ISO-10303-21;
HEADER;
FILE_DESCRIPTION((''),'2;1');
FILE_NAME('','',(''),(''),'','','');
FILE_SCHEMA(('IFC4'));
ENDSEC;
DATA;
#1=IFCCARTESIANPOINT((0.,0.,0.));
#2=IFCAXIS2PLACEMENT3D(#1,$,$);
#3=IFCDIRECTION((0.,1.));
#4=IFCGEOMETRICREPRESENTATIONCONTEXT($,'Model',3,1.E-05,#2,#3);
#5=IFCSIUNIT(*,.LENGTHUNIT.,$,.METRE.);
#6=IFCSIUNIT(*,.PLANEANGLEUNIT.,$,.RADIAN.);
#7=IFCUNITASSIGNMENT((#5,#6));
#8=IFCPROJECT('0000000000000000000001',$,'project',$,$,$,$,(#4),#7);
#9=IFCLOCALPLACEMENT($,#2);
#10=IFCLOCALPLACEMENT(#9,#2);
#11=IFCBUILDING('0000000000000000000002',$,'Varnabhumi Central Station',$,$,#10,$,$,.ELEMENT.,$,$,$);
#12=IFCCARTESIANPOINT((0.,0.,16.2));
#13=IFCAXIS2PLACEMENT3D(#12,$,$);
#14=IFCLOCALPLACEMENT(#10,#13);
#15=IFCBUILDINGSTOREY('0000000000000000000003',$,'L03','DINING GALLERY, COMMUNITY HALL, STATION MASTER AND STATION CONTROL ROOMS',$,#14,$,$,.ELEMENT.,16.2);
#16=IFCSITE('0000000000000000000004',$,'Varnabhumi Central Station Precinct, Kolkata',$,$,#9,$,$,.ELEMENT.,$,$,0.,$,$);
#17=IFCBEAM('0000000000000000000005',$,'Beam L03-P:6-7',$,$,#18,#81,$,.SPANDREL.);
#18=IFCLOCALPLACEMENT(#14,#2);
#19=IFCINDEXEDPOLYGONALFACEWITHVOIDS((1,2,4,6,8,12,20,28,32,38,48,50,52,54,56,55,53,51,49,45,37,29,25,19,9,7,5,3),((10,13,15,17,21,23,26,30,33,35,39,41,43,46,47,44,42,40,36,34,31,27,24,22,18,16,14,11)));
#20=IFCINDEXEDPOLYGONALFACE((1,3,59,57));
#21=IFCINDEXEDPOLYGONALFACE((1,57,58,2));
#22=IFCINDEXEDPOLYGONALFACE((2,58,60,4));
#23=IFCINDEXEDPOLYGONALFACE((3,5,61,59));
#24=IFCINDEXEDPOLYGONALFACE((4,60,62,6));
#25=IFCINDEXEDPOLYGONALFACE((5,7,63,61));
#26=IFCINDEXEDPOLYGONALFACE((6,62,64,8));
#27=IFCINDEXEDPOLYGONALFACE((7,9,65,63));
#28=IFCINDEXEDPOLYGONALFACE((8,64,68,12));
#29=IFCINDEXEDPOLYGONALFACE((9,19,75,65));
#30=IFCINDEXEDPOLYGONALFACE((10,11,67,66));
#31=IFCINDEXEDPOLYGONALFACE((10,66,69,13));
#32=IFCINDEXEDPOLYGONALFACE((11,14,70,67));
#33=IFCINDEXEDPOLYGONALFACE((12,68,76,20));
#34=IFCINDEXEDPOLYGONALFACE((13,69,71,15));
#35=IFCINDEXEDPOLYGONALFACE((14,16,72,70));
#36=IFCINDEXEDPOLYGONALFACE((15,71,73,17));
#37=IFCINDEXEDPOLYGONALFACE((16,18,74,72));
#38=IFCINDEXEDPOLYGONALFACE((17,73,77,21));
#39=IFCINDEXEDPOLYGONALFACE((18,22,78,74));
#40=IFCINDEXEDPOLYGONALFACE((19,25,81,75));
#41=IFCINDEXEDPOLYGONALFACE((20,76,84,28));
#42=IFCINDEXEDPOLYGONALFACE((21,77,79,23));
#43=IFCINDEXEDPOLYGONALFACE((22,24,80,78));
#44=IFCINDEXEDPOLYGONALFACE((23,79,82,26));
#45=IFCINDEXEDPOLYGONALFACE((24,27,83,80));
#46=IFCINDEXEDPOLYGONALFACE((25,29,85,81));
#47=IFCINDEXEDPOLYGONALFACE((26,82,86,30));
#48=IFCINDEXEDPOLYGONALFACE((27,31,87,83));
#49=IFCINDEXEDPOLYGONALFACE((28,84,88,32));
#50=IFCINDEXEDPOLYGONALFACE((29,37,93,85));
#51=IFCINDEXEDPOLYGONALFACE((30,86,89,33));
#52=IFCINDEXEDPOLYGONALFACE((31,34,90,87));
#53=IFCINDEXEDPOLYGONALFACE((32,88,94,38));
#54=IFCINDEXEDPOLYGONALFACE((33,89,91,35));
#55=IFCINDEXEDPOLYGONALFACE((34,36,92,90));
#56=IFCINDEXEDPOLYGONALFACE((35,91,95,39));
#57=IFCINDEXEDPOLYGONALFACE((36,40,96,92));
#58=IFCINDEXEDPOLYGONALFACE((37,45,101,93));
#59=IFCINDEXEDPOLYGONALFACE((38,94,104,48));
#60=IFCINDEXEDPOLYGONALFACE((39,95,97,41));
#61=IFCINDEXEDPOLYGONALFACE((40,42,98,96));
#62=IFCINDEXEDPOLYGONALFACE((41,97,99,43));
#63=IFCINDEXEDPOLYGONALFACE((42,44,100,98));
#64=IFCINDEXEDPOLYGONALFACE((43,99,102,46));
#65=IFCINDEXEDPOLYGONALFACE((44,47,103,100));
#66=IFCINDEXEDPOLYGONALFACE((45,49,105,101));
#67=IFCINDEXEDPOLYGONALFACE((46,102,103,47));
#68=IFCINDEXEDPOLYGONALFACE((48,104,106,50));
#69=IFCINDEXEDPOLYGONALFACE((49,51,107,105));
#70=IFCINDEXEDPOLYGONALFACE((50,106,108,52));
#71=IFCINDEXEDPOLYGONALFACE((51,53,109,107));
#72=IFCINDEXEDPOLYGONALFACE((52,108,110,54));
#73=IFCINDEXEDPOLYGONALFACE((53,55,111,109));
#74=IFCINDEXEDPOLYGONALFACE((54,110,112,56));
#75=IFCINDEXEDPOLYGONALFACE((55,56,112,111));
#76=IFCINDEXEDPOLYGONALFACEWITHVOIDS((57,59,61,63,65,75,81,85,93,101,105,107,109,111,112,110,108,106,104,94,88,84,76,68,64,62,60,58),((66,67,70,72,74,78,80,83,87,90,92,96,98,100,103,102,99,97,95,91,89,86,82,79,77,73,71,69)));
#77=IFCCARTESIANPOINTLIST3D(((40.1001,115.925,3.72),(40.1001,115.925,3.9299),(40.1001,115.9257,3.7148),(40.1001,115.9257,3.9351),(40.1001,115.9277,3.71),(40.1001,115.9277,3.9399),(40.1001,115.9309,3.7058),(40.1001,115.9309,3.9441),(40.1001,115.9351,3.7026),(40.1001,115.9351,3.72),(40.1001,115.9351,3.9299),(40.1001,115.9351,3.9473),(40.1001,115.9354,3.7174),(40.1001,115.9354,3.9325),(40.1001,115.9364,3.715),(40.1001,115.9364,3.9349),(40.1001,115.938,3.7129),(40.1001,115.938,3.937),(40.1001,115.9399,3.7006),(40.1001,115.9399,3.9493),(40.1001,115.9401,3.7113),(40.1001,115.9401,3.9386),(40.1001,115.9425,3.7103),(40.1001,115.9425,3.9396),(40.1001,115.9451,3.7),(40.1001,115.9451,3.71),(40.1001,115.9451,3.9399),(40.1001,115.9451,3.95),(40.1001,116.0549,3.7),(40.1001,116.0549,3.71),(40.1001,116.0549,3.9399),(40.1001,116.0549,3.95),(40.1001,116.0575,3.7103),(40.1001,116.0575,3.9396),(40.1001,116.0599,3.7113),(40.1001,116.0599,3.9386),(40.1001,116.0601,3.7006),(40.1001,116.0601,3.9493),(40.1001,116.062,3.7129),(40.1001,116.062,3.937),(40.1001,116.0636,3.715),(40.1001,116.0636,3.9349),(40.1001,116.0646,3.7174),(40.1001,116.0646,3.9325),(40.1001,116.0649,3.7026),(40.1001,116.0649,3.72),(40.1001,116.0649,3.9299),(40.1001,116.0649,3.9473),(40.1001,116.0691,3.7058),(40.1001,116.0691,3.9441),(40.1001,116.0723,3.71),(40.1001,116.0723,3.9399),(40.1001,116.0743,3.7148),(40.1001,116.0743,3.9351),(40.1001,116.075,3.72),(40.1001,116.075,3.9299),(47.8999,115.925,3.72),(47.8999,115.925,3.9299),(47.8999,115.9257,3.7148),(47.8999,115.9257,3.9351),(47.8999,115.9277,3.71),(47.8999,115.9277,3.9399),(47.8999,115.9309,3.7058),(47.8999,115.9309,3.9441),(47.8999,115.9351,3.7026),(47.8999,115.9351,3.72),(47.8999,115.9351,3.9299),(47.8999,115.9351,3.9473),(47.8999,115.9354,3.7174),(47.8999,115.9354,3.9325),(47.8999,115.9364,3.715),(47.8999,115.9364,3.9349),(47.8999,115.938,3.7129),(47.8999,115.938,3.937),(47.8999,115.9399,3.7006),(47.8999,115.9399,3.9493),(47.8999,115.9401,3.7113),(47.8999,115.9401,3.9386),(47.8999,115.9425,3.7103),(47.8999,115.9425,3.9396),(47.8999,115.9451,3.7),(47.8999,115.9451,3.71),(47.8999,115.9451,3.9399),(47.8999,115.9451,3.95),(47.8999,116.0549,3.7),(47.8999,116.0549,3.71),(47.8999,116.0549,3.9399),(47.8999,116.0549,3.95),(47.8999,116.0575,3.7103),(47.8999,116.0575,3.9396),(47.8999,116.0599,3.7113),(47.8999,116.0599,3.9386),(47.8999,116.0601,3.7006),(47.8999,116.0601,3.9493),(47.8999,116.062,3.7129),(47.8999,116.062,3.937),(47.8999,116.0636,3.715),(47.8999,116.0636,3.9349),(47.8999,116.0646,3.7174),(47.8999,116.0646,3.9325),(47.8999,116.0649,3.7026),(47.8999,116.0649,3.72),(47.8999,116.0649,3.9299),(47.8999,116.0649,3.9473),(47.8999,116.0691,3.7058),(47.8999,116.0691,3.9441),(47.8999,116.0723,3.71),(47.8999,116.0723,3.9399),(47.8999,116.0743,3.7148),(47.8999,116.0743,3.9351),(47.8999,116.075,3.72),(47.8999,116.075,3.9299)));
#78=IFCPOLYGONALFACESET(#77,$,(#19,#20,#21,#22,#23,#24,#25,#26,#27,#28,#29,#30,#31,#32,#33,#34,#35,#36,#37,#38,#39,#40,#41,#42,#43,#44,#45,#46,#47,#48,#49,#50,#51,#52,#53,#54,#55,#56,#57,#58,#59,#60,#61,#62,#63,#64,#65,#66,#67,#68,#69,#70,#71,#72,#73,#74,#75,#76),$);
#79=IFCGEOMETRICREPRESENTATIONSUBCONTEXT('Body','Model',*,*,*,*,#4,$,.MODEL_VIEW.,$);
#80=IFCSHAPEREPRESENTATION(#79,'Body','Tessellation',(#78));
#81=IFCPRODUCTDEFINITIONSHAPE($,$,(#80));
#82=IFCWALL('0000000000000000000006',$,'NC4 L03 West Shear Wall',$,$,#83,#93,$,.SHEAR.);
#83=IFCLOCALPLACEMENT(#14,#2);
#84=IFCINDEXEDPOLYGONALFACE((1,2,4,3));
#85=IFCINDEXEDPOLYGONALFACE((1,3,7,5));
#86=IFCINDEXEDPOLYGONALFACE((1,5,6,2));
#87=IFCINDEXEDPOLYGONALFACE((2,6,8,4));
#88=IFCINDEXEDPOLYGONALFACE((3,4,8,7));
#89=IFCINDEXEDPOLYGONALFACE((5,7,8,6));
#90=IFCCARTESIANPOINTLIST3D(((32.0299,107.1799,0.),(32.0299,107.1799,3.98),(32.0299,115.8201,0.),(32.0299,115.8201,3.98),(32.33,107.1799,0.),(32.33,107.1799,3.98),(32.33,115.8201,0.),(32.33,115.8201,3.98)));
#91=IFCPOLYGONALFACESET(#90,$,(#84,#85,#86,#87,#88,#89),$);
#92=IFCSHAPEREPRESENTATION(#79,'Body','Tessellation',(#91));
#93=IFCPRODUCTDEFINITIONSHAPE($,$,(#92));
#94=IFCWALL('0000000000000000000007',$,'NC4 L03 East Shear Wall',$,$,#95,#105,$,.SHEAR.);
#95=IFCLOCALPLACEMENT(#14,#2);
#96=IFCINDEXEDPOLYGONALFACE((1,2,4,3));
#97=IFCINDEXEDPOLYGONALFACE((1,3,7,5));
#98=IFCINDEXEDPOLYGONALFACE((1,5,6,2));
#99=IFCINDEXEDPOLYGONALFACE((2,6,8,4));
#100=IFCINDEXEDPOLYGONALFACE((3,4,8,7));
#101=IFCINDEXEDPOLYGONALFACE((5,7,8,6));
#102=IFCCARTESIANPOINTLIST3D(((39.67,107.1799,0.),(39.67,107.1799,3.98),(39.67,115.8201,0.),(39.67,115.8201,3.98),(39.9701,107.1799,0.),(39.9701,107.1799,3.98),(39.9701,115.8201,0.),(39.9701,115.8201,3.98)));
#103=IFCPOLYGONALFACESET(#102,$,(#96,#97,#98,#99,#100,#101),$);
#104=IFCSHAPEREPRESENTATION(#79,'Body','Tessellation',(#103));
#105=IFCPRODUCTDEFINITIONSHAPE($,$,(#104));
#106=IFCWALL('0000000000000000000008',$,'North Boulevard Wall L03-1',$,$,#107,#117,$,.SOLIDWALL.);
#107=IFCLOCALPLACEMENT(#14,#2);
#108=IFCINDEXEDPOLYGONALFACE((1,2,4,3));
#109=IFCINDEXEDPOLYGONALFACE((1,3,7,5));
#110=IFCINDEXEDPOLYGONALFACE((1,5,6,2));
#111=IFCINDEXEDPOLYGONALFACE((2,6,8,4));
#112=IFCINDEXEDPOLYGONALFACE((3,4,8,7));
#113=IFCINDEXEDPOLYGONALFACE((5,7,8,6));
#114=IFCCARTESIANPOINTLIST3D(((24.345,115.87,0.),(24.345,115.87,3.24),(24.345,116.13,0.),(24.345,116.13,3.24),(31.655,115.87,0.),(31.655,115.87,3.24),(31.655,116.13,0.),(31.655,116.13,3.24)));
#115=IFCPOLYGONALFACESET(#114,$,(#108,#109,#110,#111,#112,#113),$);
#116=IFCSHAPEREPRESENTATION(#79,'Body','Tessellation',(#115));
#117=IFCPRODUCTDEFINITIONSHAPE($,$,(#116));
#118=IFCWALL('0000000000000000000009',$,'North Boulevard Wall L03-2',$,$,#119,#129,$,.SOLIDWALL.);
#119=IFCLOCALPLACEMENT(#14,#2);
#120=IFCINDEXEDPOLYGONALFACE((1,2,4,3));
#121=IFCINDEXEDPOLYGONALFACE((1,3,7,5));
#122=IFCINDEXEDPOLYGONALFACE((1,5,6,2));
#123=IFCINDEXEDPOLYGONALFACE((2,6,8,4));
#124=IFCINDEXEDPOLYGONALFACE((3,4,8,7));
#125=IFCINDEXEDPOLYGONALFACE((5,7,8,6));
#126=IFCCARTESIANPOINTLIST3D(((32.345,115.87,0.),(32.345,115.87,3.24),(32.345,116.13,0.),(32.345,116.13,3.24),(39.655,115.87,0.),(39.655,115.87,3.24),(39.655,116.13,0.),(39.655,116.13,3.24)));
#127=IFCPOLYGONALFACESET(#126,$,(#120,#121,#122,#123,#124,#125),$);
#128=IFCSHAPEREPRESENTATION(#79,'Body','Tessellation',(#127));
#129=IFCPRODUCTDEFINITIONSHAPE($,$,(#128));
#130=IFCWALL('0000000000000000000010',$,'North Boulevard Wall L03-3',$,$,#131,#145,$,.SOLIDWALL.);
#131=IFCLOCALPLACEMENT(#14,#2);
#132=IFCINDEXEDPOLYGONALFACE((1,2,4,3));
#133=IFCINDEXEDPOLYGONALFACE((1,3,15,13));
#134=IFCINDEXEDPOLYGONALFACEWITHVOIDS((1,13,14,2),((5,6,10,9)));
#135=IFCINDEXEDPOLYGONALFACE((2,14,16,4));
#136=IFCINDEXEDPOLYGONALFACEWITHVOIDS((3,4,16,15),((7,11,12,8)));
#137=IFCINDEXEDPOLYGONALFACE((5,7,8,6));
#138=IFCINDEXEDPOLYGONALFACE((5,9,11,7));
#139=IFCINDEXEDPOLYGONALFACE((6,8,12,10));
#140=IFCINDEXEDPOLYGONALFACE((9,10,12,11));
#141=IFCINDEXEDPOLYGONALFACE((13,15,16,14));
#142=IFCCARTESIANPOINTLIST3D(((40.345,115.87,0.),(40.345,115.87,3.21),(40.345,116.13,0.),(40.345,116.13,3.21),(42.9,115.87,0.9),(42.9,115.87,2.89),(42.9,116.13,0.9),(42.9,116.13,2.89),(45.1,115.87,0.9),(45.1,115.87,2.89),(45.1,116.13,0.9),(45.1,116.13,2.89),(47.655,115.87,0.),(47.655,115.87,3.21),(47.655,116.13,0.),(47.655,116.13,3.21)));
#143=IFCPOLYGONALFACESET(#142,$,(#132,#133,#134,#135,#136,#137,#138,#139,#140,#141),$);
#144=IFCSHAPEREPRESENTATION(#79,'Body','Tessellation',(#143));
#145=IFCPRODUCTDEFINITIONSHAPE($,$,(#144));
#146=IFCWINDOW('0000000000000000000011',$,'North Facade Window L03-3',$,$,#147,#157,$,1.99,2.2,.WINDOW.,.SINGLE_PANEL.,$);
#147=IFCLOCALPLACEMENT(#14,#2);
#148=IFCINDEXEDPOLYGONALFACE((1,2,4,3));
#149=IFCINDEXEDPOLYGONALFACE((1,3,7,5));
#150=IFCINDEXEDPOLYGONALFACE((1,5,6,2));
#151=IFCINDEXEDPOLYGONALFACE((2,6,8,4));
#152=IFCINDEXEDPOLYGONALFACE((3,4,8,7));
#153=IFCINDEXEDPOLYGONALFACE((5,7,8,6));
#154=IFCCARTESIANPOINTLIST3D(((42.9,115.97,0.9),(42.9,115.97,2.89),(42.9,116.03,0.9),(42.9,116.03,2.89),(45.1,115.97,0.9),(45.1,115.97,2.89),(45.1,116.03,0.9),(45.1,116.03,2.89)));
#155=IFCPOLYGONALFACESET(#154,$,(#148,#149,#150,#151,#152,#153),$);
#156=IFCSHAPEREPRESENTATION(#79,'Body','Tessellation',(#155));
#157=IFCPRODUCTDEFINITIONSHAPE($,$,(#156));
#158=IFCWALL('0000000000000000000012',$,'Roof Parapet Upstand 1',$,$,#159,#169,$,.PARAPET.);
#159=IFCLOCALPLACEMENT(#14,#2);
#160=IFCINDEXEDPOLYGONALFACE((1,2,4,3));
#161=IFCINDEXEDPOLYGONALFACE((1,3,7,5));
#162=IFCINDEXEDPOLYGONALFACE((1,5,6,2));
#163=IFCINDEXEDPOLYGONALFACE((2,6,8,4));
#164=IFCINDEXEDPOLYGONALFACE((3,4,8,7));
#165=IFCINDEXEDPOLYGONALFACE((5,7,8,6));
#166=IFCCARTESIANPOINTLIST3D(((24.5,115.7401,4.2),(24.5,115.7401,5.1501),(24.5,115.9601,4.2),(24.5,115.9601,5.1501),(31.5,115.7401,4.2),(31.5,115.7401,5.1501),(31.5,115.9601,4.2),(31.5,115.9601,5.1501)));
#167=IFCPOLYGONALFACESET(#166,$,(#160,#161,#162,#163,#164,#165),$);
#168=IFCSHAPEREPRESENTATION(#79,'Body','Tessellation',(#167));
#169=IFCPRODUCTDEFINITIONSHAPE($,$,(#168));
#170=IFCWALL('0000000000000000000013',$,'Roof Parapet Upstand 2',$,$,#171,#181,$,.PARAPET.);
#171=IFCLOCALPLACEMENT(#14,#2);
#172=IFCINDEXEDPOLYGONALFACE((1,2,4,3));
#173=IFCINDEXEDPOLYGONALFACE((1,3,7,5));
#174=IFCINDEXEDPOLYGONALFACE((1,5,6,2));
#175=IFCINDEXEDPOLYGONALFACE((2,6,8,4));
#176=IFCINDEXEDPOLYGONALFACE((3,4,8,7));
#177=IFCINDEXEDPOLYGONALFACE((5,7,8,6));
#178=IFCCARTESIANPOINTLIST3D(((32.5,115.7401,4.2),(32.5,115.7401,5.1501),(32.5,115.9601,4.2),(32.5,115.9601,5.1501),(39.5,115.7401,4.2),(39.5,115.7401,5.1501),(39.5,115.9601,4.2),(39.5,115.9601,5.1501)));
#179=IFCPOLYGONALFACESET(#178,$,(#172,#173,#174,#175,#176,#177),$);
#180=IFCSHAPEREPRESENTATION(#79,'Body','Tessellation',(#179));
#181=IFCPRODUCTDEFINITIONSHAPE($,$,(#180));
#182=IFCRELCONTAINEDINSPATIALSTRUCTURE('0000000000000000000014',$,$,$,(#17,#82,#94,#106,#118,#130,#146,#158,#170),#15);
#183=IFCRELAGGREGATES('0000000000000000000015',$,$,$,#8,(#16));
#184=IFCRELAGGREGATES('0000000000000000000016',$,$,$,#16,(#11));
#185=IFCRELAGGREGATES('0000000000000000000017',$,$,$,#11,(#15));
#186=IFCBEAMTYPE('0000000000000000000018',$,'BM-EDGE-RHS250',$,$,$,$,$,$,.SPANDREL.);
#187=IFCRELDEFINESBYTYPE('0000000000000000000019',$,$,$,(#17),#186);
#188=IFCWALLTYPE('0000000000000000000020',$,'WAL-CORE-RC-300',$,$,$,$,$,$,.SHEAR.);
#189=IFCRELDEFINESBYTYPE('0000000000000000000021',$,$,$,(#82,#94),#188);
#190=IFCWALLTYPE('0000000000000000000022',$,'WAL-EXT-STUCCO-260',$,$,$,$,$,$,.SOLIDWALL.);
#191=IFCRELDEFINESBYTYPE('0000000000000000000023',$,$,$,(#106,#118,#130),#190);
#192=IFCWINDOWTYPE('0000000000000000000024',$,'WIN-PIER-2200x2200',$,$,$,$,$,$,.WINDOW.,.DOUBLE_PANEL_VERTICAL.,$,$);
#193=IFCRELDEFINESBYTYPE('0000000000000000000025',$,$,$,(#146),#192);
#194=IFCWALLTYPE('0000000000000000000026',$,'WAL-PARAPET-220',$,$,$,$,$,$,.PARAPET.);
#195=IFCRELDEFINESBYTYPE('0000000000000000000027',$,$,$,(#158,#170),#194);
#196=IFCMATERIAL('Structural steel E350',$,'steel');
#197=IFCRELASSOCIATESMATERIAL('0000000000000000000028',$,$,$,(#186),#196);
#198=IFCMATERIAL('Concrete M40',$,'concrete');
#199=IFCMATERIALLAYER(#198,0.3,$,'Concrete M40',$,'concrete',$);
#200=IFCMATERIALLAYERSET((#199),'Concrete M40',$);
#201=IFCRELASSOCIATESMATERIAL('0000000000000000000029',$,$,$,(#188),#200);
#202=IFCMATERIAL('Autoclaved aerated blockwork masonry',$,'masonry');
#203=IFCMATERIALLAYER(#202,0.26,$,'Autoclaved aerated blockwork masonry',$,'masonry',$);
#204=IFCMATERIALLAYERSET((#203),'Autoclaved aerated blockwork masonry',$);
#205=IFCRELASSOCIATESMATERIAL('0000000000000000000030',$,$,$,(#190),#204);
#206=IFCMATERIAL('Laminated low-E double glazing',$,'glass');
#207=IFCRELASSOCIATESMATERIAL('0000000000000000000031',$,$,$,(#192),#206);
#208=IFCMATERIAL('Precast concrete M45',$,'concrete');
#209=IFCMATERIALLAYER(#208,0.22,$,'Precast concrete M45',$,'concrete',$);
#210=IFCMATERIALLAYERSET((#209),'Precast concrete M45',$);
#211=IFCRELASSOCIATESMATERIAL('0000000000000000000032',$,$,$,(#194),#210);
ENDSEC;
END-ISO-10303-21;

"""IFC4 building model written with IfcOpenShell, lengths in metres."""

from ifc_helpers import new_model, si_unit, direction, frame, frame_2d, origin, origin_2d, place, context, subcontext, project, spatial, rectangle, hollow_rectangle, extrude, material, layer, layer_set, material_profile, profile_set, type_object, element, fill, save


model = new_model("IFC4")

# Units and contexts
model_context = context("Model", 3, precision=1e-05, world=origin(), true_north=direction((0.0, 1.0)))
body_context = subcontext(model_context, "Body", "Model", "MODEL_VIEW")
ifc_project = project(units=[si_unit("LENGTHUNIT", "METRE"), si_unit("PLANEANGLEUNIT", "RADIAN")], contexts=[model_context])

# Site, building, storey
site_placement = place(None, origin())
site = spatial("IfcSite", under=ifc_project, at=site_placement, Name="Varnabhumi Central Station Precinct, Kolkata", CompositionType="ELEMENT", RefElevation=0.0)
building_placement = place(site_placement, origin())
building = spatial("IfcBuilding", under=site, at=building_placement, Name="Varnabhumi Central Station", CompositionType="ELEMENT")
storey_placement = place(building_placement, frame((0.0, 0.0, 16.2)))
storey = spatial("IfcBuildingStorey", under=building, at=storey_placement, Name="L03", Description="DINING GALLERY, COMMUNITY HALL, STATION MASTER AND STATION CONTROL ROOMS", CompositionType="ELEMENT", Elevation=16.2)

# Shared definitions
ifc_material_1 = material(Name="Concrete M40", Category="concrete")

# Beam
ifc_material_2 = material(Name="Structural steel E350", Category="steel")
ifc_material_profile_1 = material_profile(ifc_material_2, hollow_rectangle(XDim=0.1499, YDim=0.25, WallThickness=0.01, InnerFilletRadius=0.01, OuterFilletRadius=0.02, at=origin_2d()), Name="Structural steel E350", Category="steel")
ifc_profile_set_1 = profile_set([ifc_material_profile_1], Name="Structural steel E350")
beam_type = type_object("IfcBeamType", Name="BM-EDGE-RHS250", PredefinedType="SPANDREL", material=ifc_profile_set_1)
for number, where, z_axis, x_axis, name in (
    (1, (40.1001, 116.0, 3.825), (1.0, 0.0, 0.0), (0.0, 1.0, 0.0), "Beam L03-P:6-7"),
):
    element("IfcBeam", number, at=place(storey_placement, frame(where, z_axis=z_axis, x_axis=x_axis)), inside=storey, type_object=beam_type, Name=name, PredefinedType="SPANDREL", context=body_context, shape_type="SweptSolid", body=[
        extrude(hollow_rectangle(XDim=0.1499, YDim=0.25, WallThickness=0.01, InnerFilletRadius=0.01, OuterFilletRadius=0.02, at=origin_2d()), origin(), (0.0, 0.0, 1.0), 7.7998),
    ])

# Walls
ifc_layer_1 = layer(ifc_material_1, 0.3, Name="Concrete M40", Category="concrete")
ifc_layer_set_1 = layer_set([ifc_layer_1], Name="Concrete M40")
wall_type_1 = type_object("IfcWallType", Name="WAL-CORE-RC-300", PredefinedType="SHEAR", material=ifc_layer_set_1)
for number, where, z_axis, x_axis, name in (
    (2, (32.1799, 107.1799, 0.0), (0.0, 0.0, 1.0), (0.0, 1.0, 0.0), "NC4 L03 West Shear Wall"),
    (3, (39.8201, 107.1799, 0.0), (0.0, 0.0, 1.0), (0.0, 1.0, 0.0), "NC4 L03 East Shear Wall"),
):
    element("IfcWall", number, at=place(storey_placement, frame(where, z_axis=z_axis, x_axis=x_axis)), inside=storey, type_object=wall_type_1, Name=name, PredefinedType="SHEAR", context=body_context, shape_type="SweptSolid", body=[
        extrude(rectangle(XDim=8.6401, YDim=0.3, at=frame_2d((4.3201, 0.0))), origin(), (0.0, 0.0, 1.0), 3.98),
    ])
ifc_material_3 = material(Name="Autoclaved aerated blockwork masonry", Category="masonry")
ifc_layer_2 = layer(ifc_material_3, 0.26, Name="Autoclaved aerated blockwork masonry", Category="masonry")
ifc_layer_set_2 = layer_set([ifc_layer_2], Name="Autoclaved aerated blockwork masonry")
wall_type_2 = type_object("IfcWallType", Name="WAL-EXT-STUCCO-260", PredefinedType="SOLIDWALL", material=ifc_layer_set_2)
for number, where, z_axis, x_axis, name in (
    (4, (24.345, 116.0, 0.0), (0.0, 0.0, 1.0), (1.0, 0.0, 0.0), "North Boulevard Wall L03-1"),
    (5, (32.345, 116.0, 0.0), (0.0, 0.0, 1.0), (1.0, 0.0, 0.0), "North Boulevard Wall L03-2"),
):
    element("IfcWall", number, at=place(storey_placement, frame(where, z_axis=z_axis, x_axis=x_axis)), inside=storey, type_object=wall_type_2, Name=name, PredefinedType="SOLIDWALL", context=body_context, shape_type="SweptSolid", body=[
        extrude(rectangle(XDim=7.3101, YDim=0.26, at=frame_2d((3.655, 0.0))), origin(), (0.0, 0.0, 1.0), 3.24),
    ])

# Wall, opening, window
wall_1_placement = place(storey_placement, frame((40.345, 116.0, 0.0), z_axis=(0.0, 0.0, 1.0), x_axis=(1.0, 0.0, 0.0)))
wall_1 = element("IfcWall", 6, at=wall_1_placement, inside=storey, type_object=wall_type_2, Name="North Boulevard Wall L03-3", PredefinedType="SOLIDWALL", context=body_context, shape_type="SweptSolid", body=[
    extrude(rectangle(XDim=7.3101, YDim=0.26, at=frame_2d((3.655, 0.0))), origin(), (0.0, 0.0, 1.0), 3.21),
])
opening_1_placement = place(wall_1_placement, frame((2.5549, 0.0, 0.8999)))
opening_1 = element("IfcOpeningElement", 7, at=opening_1_placement, cuts=wall_1, PredefinedType="OPENING", context=body_context, shape_type="SweptSolid", body=[
    extrude(rectangle(XDim=2.2, YDim=1.99, at=frame_2d((1.1001, 0.9951))), frame((0.0, 0.1399, 0.0), z_axis=(0.0, -1.0, 0.0), x_axis=(1.0, 0.0, 0.0)), (0.0, 0.0, 1.0), 0.28),
])
ifc_material_4 = material(Name="Laminated low-E double glazing", Category="glass")
window_type = type_object("IfcWindowType", Name="WIN-PIER-2200x2200", PartitioningType="DOUBLE_PANEL_VERTICAL", PredefinedType="WINDOW", material=ifc_material_4)
window_placement = place(opening_1_placement, origin())
window = element("IfcWindow", 8, at=window_placement, inside=storey, type_object=window_type, Name="North Facade Window L03-3", OverallHeight=1.99, OverallWidth=2.2, PartitioningType="SINGLE_PANEL", PredefinedType="WINDOW", context=body_context, shape_type="SweptSolid", body=[
    extrude(rectangle(XDim=2.2, YDim=1.99, at=frame_2d((1.1001, 0.9951))), frame((0.0, 0.03, 0.0), z_axis=(0.0, -1.0, 0.0), x_axis=(1.0, 0.0, 0.0)), (0.0, 0.0, 1.0), 0.0601),
])
fill(opening_1, window)

# Walls
ifc_material_5 = material(Name="Precast concrete M45", Category="concrete")
ifc_layer_3 = layer(ifc_material_5, 0.22, Name="Precast concrete M45", Category="concrete")
ifc_layer_set_3 = layer_set([ifc_layer_3], Name="Precast concrete M45")
wall_type_3 = type_object("IfcWallType", Name="WAL-PARAPET-220", PredefinedType="PARAPET", material=ifc_layer_set_3)
for number, where, z_axis, x_axis, name in (
    (9, (24.5, 115.8501, 4.2), (0.0, 0.0, 1.0), (1.0, 0.0, 0.0), "Roof Parapet Upstand 1"),
    (10, (32.5, 115.8501, 4.2), (0.0, 0.0, 1.0), (1.0, 0.0, 0.0), "Roof Parapet Upstand 2"),
):
    element("IfcWall", number, at=place(storey_placement, frame(where, z_axis=z_axis, x_axis=x_axis)), inside=storey, type_object=wall_type_3, Name=name, PredefinedType="PARAPET", context=body_context, shape_type="SweptSolid", body=[
        extrude(rectangle(XDim=7.0, YDim=0.22, at=frame_2d((3.5, 0.0))), origin(), (0.0, 0.0, 1.0), 0.9502),
    ])

save(model, "model.ifc")
